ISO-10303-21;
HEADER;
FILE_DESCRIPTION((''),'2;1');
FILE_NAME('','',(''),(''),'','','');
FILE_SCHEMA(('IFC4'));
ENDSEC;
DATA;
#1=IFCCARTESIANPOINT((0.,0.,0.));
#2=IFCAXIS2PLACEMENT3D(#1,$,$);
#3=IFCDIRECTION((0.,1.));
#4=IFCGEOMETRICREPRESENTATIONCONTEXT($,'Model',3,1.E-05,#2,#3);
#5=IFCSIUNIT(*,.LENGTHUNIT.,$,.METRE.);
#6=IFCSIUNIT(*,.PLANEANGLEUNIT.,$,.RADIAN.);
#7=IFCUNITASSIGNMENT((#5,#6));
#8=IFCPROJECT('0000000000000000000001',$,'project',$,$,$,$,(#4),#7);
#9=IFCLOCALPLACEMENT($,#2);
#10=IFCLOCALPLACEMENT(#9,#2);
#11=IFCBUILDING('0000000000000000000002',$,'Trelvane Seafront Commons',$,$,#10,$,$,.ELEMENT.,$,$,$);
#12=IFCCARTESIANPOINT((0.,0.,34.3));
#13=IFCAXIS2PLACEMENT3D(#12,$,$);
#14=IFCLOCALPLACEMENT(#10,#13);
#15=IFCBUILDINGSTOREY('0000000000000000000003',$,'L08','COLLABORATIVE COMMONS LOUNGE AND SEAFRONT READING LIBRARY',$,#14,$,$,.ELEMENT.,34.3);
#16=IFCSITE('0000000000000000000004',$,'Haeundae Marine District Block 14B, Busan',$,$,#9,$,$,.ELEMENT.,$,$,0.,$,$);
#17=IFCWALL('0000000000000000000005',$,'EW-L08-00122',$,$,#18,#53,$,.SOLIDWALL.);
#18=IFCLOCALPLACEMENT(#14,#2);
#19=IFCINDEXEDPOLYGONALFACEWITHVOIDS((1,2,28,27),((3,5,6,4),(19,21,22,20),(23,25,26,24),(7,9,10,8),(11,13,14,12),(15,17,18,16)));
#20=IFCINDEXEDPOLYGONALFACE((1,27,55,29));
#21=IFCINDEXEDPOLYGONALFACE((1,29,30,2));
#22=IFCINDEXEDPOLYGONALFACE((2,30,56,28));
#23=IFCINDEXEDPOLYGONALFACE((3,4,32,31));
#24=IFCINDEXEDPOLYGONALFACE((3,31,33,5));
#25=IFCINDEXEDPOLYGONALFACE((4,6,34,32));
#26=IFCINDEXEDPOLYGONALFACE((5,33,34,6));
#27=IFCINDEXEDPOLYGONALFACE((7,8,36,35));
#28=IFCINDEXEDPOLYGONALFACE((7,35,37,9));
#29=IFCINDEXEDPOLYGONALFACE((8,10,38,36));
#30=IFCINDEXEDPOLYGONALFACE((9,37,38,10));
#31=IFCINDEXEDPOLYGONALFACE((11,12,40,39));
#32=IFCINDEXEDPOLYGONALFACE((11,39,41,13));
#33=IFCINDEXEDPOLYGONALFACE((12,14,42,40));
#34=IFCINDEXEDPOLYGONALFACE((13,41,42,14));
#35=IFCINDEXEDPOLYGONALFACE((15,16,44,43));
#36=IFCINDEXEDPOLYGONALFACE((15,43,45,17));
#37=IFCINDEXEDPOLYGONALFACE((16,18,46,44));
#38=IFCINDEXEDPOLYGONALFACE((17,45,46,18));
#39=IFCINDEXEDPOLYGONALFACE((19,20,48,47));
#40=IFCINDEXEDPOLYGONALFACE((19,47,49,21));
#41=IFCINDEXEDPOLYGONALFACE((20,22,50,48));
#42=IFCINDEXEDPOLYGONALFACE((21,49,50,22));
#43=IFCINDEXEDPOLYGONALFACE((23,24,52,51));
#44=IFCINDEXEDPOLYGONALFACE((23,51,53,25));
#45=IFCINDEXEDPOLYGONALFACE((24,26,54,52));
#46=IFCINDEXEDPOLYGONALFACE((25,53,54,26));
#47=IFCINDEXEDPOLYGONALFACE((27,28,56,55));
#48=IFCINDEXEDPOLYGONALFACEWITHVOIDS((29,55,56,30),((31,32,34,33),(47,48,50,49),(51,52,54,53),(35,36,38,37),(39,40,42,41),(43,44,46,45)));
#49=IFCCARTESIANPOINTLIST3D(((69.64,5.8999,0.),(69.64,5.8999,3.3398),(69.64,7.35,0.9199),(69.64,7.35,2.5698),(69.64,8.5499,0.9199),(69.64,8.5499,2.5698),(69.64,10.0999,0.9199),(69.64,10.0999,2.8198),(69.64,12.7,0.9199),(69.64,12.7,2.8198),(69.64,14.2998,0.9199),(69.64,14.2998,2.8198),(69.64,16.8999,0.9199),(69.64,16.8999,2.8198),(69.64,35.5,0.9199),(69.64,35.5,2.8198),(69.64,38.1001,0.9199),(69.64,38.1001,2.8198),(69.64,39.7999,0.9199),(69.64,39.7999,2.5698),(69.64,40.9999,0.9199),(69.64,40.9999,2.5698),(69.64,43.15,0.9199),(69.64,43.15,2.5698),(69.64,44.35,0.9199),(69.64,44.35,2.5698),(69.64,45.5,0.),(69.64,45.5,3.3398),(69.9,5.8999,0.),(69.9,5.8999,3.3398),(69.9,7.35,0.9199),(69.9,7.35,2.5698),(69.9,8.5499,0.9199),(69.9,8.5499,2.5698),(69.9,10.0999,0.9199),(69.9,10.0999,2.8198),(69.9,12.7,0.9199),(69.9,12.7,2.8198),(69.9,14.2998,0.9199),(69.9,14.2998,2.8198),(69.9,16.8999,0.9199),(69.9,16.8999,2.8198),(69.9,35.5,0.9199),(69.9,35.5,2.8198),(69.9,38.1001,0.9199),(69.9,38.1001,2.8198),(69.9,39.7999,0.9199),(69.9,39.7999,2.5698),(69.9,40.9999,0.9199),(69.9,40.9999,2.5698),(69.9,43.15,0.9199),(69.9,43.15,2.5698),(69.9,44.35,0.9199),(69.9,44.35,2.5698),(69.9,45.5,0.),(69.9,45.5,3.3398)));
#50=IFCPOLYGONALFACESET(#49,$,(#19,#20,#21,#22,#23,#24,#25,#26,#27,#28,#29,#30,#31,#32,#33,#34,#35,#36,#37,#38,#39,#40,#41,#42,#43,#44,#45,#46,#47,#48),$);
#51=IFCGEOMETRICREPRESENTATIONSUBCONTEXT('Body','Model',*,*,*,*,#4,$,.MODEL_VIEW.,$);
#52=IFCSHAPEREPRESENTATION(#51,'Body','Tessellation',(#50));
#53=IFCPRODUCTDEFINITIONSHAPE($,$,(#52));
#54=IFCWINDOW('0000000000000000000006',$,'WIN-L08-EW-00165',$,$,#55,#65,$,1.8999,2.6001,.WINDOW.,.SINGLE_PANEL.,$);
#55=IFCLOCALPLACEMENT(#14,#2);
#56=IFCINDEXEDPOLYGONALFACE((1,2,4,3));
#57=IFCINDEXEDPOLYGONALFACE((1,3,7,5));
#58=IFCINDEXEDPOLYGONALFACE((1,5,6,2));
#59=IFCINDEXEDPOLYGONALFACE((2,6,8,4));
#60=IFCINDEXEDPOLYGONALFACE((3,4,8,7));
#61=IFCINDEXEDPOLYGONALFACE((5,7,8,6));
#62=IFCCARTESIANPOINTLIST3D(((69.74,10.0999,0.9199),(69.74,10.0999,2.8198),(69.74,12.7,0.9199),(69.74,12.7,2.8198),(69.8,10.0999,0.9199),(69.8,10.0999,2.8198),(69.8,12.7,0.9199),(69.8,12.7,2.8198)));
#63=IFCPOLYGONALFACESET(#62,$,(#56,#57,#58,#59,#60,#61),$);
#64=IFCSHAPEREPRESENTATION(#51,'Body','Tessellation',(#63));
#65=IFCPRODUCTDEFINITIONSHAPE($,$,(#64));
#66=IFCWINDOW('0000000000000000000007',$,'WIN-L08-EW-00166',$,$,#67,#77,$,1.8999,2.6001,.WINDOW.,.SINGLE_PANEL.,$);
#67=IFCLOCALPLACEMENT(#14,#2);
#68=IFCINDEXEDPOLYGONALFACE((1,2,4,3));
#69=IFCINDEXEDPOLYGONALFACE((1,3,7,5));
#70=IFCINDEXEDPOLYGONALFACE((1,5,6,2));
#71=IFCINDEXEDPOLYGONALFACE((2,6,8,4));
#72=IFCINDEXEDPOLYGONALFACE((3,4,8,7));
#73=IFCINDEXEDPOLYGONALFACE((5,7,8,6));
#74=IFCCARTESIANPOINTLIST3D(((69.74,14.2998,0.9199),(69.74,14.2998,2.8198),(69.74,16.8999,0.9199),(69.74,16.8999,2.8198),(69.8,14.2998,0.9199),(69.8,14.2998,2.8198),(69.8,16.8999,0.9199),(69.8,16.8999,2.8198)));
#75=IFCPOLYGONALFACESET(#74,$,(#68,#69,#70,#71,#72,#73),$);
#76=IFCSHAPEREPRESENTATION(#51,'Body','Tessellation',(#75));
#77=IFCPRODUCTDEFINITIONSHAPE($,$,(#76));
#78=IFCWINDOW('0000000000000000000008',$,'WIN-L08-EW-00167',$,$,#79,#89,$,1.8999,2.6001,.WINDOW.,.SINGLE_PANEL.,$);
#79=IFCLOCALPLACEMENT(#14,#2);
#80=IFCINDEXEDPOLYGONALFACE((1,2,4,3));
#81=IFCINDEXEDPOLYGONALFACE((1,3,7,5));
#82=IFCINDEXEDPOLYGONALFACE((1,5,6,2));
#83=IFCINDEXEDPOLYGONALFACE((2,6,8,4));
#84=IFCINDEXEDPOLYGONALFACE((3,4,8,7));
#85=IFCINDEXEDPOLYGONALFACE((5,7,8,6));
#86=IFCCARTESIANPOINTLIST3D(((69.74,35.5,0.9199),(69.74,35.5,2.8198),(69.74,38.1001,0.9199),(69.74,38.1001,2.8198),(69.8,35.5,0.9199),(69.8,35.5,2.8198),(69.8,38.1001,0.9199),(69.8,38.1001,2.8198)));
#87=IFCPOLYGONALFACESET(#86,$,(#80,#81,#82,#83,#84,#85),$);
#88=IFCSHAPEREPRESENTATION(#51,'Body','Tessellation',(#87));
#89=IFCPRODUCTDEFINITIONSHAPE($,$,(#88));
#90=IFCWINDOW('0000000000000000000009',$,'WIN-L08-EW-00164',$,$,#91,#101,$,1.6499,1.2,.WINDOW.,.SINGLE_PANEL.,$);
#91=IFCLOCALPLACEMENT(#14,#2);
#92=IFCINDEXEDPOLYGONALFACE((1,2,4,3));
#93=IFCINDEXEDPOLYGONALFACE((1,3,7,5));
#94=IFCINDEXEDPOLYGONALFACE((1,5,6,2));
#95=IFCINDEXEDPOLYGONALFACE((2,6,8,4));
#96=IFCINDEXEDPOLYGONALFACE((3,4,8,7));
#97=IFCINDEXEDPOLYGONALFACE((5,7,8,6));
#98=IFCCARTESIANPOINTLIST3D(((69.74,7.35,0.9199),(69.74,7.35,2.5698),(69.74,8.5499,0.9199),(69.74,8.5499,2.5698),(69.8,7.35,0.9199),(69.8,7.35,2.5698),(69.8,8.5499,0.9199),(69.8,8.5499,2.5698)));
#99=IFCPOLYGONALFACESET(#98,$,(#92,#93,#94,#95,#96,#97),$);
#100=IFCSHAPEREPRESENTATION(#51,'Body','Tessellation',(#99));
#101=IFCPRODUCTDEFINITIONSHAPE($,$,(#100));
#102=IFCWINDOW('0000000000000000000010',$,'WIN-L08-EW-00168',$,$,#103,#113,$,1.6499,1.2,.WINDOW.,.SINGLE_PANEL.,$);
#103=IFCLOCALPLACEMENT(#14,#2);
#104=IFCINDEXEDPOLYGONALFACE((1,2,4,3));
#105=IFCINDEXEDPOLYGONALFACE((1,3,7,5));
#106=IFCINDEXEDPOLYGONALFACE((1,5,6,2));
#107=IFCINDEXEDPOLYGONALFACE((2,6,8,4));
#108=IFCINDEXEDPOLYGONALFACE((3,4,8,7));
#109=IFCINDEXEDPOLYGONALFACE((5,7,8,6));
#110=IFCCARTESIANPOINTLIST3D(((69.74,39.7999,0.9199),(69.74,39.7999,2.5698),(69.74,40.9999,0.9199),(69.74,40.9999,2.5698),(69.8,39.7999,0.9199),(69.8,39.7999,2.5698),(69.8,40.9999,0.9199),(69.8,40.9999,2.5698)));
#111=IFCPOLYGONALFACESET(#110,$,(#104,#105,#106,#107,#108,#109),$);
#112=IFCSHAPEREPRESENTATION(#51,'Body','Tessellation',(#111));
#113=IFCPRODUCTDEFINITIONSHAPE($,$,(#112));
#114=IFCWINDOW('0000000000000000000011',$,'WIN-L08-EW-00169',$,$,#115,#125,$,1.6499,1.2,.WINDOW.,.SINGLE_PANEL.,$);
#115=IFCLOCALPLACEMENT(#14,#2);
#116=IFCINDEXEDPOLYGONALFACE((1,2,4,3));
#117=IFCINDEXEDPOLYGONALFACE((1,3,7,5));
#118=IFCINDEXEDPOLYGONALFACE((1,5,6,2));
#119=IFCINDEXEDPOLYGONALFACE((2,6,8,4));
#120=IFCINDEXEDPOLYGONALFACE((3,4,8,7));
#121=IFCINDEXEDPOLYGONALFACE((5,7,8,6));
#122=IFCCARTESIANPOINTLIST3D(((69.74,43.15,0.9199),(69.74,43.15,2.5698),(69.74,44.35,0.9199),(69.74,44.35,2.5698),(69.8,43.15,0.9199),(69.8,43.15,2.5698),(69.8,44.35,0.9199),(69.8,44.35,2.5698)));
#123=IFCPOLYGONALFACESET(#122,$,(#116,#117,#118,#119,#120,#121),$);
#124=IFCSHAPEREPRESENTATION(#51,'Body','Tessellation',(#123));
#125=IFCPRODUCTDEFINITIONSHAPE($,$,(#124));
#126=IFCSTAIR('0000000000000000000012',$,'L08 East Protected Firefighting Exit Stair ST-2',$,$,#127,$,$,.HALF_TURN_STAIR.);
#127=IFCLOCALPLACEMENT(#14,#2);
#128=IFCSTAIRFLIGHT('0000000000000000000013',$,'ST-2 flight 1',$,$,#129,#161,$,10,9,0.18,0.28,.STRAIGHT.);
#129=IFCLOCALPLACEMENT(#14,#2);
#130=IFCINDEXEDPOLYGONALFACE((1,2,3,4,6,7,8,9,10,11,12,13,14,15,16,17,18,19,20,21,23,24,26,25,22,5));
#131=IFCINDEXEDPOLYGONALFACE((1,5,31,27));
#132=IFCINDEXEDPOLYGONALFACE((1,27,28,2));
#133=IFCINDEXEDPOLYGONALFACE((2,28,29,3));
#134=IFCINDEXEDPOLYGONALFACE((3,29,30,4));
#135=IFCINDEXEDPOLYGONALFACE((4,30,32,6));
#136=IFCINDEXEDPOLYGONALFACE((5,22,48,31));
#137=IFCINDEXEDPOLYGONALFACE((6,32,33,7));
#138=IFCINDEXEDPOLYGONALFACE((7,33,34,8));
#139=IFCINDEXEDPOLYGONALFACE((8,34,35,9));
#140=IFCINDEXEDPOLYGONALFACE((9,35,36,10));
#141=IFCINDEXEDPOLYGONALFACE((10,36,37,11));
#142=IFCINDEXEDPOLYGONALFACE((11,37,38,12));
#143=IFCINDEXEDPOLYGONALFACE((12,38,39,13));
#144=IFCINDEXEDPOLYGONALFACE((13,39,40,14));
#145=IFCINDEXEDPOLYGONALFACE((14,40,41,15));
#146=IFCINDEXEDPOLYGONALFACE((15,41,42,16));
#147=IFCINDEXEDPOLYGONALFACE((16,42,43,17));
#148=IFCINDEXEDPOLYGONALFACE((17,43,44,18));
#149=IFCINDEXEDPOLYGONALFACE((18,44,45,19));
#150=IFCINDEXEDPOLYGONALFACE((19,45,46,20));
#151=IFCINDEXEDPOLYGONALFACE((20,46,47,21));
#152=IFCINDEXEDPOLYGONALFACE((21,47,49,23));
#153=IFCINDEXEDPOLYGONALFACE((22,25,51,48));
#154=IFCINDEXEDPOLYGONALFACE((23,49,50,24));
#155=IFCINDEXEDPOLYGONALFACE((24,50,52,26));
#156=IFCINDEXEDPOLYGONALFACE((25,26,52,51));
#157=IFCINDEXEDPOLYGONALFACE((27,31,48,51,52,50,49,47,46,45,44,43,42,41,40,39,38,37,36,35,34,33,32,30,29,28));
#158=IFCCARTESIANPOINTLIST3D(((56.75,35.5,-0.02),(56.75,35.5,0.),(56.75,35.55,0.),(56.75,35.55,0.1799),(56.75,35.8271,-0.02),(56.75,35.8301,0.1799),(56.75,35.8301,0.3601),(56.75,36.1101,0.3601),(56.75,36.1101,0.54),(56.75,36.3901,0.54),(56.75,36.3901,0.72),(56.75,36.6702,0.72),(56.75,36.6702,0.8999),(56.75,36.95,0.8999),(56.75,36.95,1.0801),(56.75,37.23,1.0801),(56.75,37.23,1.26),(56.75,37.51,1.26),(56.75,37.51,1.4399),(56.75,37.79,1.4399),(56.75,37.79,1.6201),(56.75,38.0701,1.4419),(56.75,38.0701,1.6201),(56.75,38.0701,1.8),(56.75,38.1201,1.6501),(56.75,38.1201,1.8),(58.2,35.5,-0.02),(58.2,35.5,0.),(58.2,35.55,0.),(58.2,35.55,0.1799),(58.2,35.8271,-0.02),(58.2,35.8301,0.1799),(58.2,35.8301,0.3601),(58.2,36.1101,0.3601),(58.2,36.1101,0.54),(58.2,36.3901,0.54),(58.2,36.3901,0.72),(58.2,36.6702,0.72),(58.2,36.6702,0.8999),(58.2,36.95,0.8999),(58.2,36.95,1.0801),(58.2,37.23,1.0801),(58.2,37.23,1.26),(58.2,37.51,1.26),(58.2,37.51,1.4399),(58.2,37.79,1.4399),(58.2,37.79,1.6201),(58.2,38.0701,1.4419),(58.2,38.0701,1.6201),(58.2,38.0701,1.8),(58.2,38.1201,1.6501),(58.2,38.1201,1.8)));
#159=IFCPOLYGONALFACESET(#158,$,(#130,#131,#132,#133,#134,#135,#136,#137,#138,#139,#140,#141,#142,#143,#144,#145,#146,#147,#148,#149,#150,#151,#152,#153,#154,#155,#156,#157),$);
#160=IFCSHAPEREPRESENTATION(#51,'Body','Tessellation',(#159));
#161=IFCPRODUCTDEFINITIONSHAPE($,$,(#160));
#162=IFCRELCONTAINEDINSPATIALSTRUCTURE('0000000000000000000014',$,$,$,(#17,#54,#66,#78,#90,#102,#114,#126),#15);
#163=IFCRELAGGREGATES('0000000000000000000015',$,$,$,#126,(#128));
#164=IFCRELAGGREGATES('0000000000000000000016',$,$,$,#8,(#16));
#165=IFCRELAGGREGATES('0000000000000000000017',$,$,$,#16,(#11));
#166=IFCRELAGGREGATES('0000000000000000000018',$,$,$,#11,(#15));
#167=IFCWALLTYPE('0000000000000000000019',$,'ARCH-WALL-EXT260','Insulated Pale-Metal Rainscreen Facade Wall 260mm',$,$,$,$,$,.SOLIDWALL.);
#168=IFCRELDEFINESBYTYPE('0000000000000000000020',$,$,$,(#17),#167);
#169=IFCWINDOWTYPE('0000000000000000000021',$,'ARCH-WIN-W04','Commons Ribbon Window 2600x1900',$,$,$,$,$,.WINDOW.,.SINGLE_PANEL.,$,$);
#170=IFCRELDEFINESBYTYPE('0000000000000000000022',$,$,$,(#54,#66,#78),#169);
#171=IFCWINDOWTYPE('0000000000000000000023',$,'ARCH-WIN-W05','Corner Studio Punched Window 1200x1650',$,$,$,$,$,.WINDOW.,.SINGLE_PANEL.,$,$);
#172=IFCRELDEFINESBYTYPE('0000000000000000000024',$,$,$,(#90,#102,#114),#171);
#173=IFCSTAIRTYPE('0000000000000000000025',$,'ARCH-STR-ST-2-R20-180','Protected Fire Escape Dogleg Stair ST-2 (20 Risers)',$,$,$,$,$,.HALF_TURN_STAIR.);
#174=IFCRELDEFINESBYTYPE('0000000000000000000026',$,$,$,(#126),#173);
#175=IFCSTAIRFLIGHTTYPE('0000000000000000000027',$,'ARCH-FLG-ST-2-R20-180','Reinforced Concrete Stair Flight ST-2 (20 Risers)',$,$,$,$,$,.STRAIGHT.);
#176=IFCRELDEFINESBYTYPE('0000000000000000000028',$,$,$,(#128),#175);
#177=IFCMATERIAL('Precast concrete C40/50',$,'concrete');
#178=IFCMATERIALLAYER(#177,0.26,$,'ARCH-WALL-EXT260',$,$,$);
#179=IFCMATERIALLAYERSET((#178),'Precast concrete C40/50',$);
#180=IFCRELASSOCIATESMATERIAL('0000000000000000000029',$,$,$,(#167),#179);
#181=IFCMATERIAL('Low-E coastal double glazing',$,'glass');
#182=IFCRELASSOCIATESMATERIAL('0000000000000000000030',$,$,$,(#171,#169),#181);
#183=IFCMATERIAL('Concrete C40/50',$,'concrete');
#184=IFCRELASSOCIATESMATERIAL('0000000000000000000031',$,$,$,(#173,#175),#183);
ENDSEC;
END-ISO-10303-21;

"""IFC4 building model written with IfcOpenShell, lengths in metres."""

from ifc_helpers import new_model, si_unit, direction, frame, frame_2d, origin, place, context, subcontext, project, spatial, polyline, rectangle, outline, extrude, source, transform, mapped, material, layer, layer_set, type_object, element, fill, aggregate, save


model = new_model("IFC4")

# Units and contexts
model_context = context("Model", 3, precision=1e-05, world=origin(), true_north=direction((0.0, 1.0)))
body_context = subcontext(model_context, "Body", "Model", "MODEL_VIEW")
ifc_project = project(units=[si_unit("LENGTHUNIT", "METRE"), si_unit("PLANEANGLEUNIT", "RADIAN")], contexts=[model_context])

# Site, building, storey
site_placement = place(None, origin())
site = spatial("IfcSite", under=ifc_project, at=site_placement, Name="Haeundae Marine District Block 14B, Busan", CompositionType="ELEMENT", RefElevation=0.0)
building_placement = place(site_placement, origin())
building = spatial("IfcBuilding", under=site, at=building_placement, Name="Trelvane Seafront Commons", CompositionType="ELEMENT")
storey_placement = place(building_placement, frame((0.0, 0.0, 34.3)))
storey = spatial("IfcBuildingStorey", under=building, at=storey_placement, Name="L08", Description="COLLABORATIVE COMMONS LOUNGE AND SEAFRONT READING LIBRARY", CompositionType="ELEMENT", Elevation=34.3)

# Shared definitions
ifc_material_1 = material(Name="Low-E coastal double glazing", Category="glass")

# Shared definitions
ifc_material_2 = material(Name="Precast concrete C40/50", Category="concrete")
ifc_layer_1 = layer(ifc_material_2, 0.26, Name="ARCH-WALL-EXT260")
ifc_layer_set_1 = layer_set([ifc_layer_1], Name="Precast concrete C40/50")
wall_type_1 = type_object("IfcWallType", Name="ARCH-WALL-EXT260", Description="Insulated Pale-Metal Rainscreen Facade Wall 260mm", PredefinedType="SOLIDWALL", material=ifc_layer_set_1)
window_type_1 = type_object("IfcWindowType", Name="ARCH-WIN-W05", Description="Corner Studio Punched Window 1200x1650", PartitioningType="SINGLE_PANEL", PredefinedType="WINDOW", material=ifc_material_1)
shared_shape_1 = source(origin(), body_context, "Body", "SweptSolid", [
    extrude(rectangle(XDim=1.2, YDim=1.6499, at=frame_2d((0.6001, 0.825))), frame((0.0, 0.03, 0.0), z_axis=(0.0, -1.0, 0.0), x_axis=(1.0, 0.0, 0.0)), (0.0, 0.0, 1.0), 0.0601),
])

# Wall, openings, windows
wall_1_placement = place(storey_placement, frame((69.77, 45.5, 0.0), z_axis=(0.0, 0.0, 1.0), x_axis=(0.0, -1.0, 0.0)))
wall_1 = element("IfcWall", 1, at=wall_1_placement, inside=storey, type_object=wall_type_1, Name="EW-L08-00122", PredefinedType="SOLIDWALL", context=body_context, shape_type="SweptSolid", body=[
    extrude(rectangle(XDim=39.6001, YDim=0.26, at=frame_2d((19.8, 0.0))), origin(), (0.0, 0.0, 1.0), 3.3398),
])
opening_1_placement = place(wall_1_placement, frame((36.95, 0.0, 0.9199)))
opening_1 = element("IfcOpeningElement", 2, at=opening_1_placement, cuts=wall_1, PredefinedType="OPENING", context=body_context, shape_type="SweptSolid", body=[
    extrude(rectangle(XDim=1.2, YDim=1.6499, at=frame_2d((0.6001, 0.825))), frame((0.0, 0.1399, 0.0), z_axis=(0.0, -1.0, 0.0), x_axis=(1.0, 0.0, 0.0)), (0.0, 0.0, 1.0), 0.28),
])
opening_2_placement = place(wall_1_placement, frame((32.8, 0.0, 0.9199)))
opening_2 = element("IfcOpeningElement", 3, at=opening_2_placement, cuts=wall_1, PredefinedType="OPENING", context=body_context, shape_type="SweptSolid", body=[
    extrude(rectangle(XDim=2.6001, YDim=1.8999, at=frame_2d((1.3, 0.95))), frame((0.0, 0.1399, 0.0), z_axis=(0.0, -1.0, 0.0), x_axis=(1.0, 0.0, 0.0)), (0.0, 0.0, 1.0), 0.28),
])
opening_3_placement = place(wall_1_placement, frame((28.6001, 0.0, 0.9199)))
opening_3 = element("IfcOpeningElement", 4, at=opening_3_placement, cuts=wall_1, PredefinedType="OPENING", context=body_context, shape_type="SweptSolid", body=[
    extrude(rectangle(XDim=2.6001, YDim=1.8999, at=frame_2d((1.3, 0.95))), frame((0.0, 0.1399, 0.0), z_axis=(0.0, -1.0, 0.0), x_axis=(1.0, 0.0, 0.0)), (0.0, 0.0, 1.0), 0.28),
])
opening_4_placement = place(wall_1_placement, frame((7.3999, 0.0, 0.9199)))
opening_4 = element("IfcOpeningElement", 5, at=opening_4_placement, cuts=wall_1, PredefinedType="OPENING", context=body_context, shape_type="SweptSolid", body=[
    extrude(rectangle(XDim=2.6001, YDim=1.8999, at=frame_2d((1.3, 0.95))), frame((0.0, 0.1399, 0.0), z_axis=(0.0, -1.0, 0.0), x_axis=(1.0, 0.0, 0.0)), (0.0, 0.0, 1.0), 0.28),
])
opening_5_placement = place(wall_1_placement, frame((4.5, 0.0, 0.9199)))
opening_5 = element("IfcOpeningElement", 6, at=opening_5_placement, cuts=wall_1, PredefinedType="OPENING", context=body_context, shape_type="SweptSolid", body=[
    extrude(rectangle(XDim=1.2, YDim=1.6499, at=frame_2d((0.6001, 0.825))), frame((0.0, 0.1399, 0.0), z_axis=(0.0, -1.0, 0.0), x_axis=(1.0, 0.0, 0.0)), (0.0, 0.0, 1.0), 0.28),
])
opening_6_placement = place(wall_1_placement, frame((1.1499, 0.0, 0.9199)))
opening_6 = element("IfcOpeningElement", 7, at=opening_6_placement, cuts=wall_1, PredefinedType="OPENING", context=body_context, shape_type="SweptSolid", body=[
    extrude(rectangle(XDim=1.2, YDim=1.6499, at=frame_2d((0.6001, 0.825))), frame((0.0, 0.1399, 0.0), z_axis=(0.0, -1.0, 0.0), x_axis=(1.0, 0.0, 0.0)), (0.0, 0.0, 1.0), 0.28),
])
window_type_2 = type_object("IfcWindowType", Name="ARCH-WIN-W04", Description="Commons Ribbon Window 2600x1900", PartitioningType="SINGLE_PANEL", PredefinedType="WINDOW", material=ifc_material_1)
shared_shape_2 = source(origin(), body_context, "Body", "SweptSolid", [
    extrude(rectangle(XDim=2.6001, YDim=1.8999, at=frame_2d((1.3, 0.95))), frame((0.0, 0.03, 0.0), z_axis=(0.0, -1.0, 0.0), x_axis=(1.0, 0.0, 0.0)), (0.0, 0.0, 1.0), 0.0601),
])
window_1_placement = place(opening_2_placement, origin())
window_1 = element("IfcWindow", 8, at=window_1_placement, inside=storey, type_object=window_type_2, Name="WIN-L08-EW-00165", OverallHeight=1.8999, OverallWidth=2.6001, PartitioningType="SINGLE_PANEL", PredefinedType="WINDOW", context=body_context, shape_type="MappedRepresentation", body=[
    mapped(shared_shape_2, transform((0.0, 0.0, 0.0), x_axis=(1.0, 0.0, 0.0), y_axis=(0.0, 1.0, 0.0), z_axis=(0.0, 0.0, 1.0), scale=1.0)),
])
fill(opening_2, window_1)
window_2_placement = place(opening_3_placement, origin())
window_2 = element("IfcWindow", 9, at=window_2_placement, inside=storey, type_object=window_type_2, Name="WIN-L08-EW-00166", OverallHeight=1.8999, OverallWidth=2.6001, PartitioningType="SINGLE_PANEL", PredefinedType="WINDOW", context=body_context, shape_type="MappedRepresentation", body=[
    mapped(shared_shape_2, transform((0.0, 0.0, 0.0), x_axis=(1.0, 0.0, 0.0), y_axis=(0.0, 1.0, 0.0), z_axis=(0.0, 0.0, 1.0), scale=1.0)),
])
fill(opening_3, window_2)
window_3_placement = place(opening_4_placement, origin())
window_3 = element("IfcWindow", 10, at=window_3_placement, inside=storey, type_object=window_type_2, Name="WIN-L08-EW-00167", OverallHeight=1.8999, OverallWidth=2.6001, PartitioningType="SINGLE_PANEL", PredefinedType="WINDOW", context=body_context, shape_type="MappedRepresentation", body=[
    mapped(shared_shape_2, transform((0.0, 0.0, 0.0), x_axis=(1.0, 0.0, 0.0), y_axis=(0.0, 1.0, 0.0), z_axis=(0.0, 0.0, 1.0), scale=1.0)),
])
fill(opening_4, window_3)
window_4_placement = place(opening_1_placement, origin())
window_4 = element("IfcWindow", 11, at=window_4_placement, inside=storey, type_object=window_type_1, Name="WIN-L08-EW-00164", OverallHeight=1.6499, OverallWidth=1.2, PartitioningType="SINGLE_PANEL", PredefinedType="WINDOW", context=body_context, shape_type="MappedRepresentation", body=[
    mapped(shared_shape_1, transform((0.0, 0.0, 0.0), x_axis=(1.0, 0.0, 0.0), y_axis=(0.0, 1.0, 0.0), z_axis=(0.0, 0.0, 1.0), scale=1.0)),
])
fill(opening_1, window_4)
window_5_placement = place(opening_5_placement, origin())
window_5 = element("IfcWindow", 12, at=window_5_placement, inside=storey, type_object=window_type_1, Name="WIN-L08-EW-00168", OverallHeight=1.6499, OverallWidth=1.2, PartitioningType="SINGLE_PANEL", PredefinedType="WINDOW", context=body_context, shape_type="MappedRepresentation", body=[
    mapped(shared_shape_1, transform((0.0, 0.0, 0.0), x_axis=(1.0, 0.0, 0.0), y_axis=(0.0, 1.0, 0.0), z_axis=(0.0, 0.0, 1.0), scale=1.0)),
])
fill(opening_5, window_5)
window_6_placement = place(opening_6_placement, origin())
window_6 = element("IfcWindow", 13, at=window_6_placement, inside=storey, type_object=window_type_1, Name="WIN-L08-EW-00169", OverallHeight=1.6499, OverallWidth=1.2, PartitioningType="SINGLE_PANEL", PredefinedType="WINDOW", context=body_context, shape_type="MappedRepresentation", body=[
    mapped(shared_shape_1, transform((0.0, 0.0, 0.0), x_axis=(1.0, 0.0, 0.0), y_axis=(0.0, 1.0, 0.0), z_axis=(0.0, 0.0, 1.0), scale=1.0)),
])
fill(opening_6, window_6)

# Stair, stair flight
ifc_material_3 = material(Name="Concrete C40/50", Category="concrete")
stair_type = type_object("IfcStairType", Name="ARCH-STR-ST-2-R20-180", Description="Protected Fire Escape Dogleg Stair ST-2 (20 Risers)", PredefinedType="HALF_TURN_STAIR", material=ifc_material_3)
stair_placement = place(storey_placement, origin())
stair = element("IfcStair", 14, at=stair_placement, inside=storey, type_object=stair_type, Name="L08 East Protected Firefighting Exit Stair ST-2", PredefinedType="HALF_TURN_STAIR")
stair_flight_type = type_object("IfcStairFlightType", Name="ARCH-FLG-ST-2-R20-180", Description="Reinforced Concrete Stair Flight ST-2 (20 Risers)", PredefinedType="STRAIGHT", material=ifc_material_3)
shared_shape_3 = source(origin(), body_context, "Body", "SweptSolid", [
    extrude(outline(polyline([(-0.05, -0.02), (-0.05, 0.0), (0.0, 0.0), (0.0, 0.1799), (0.28, 0.1799), (0.28, 0.3601), (0.5601, 0.3601), (0.5601, 0.54), (0.8401, 0.54), (0.8401, 0.72), (1.1201, 0.72), (1.1201, 0.8999), (1.3999, 0.8999), (1.3999, 1.0801), (1.6799, 1.0801), (1.6799, 1.26), (1.96, 1.26), (1.96, 1.4399), (2.24, 1.4399), (2.24, 1.6201), (2.52, 1.6201), (2.52, 1.8), (2.5701, 1.8), (2.5701, 1.6501), (2.52, 1.4419), (0.2771, -0.02), (-0.05, -0.02)])), frame((0.0, 0.7251, 0.0), z_axis=(0.0, -1.0, 0.0), x_axis=(1.0, 0.0, 0.0)), (0.0, 0.0, 1.0), 1.45),
])
stair_flight_placement = place(storey_placement, frame((57.4751, 35.55, 0.0), z_axis=(0.0, 0.0, 1.0), x_axis=(0.0, 1.0, 0.0)))
stair_flight = element("IfcStairFlight", 15, at=stair_flight_placement, type_object=stair_flight_type, Name="ST-2 flight 1", NumberOfRisers=10, NumberOfTreads=9, PredefinedType="STRAIGHT", RiserHeight=0.18, TreadLength=0.28, context=body_context, shape_type="MappedRepresentation", body=[
    mapped(shared_shape_3, transform((0.0, 0.0, 0.0), x_axis=(1.0, 0.0, 0.0), y_axis=(0.0, 1.0, 0.0), z_axis=(0.0, 0.0, 1.0), scale=1.0)),
])
aggregate(stair, [stair_flight])

save(model, "model.ifc")
